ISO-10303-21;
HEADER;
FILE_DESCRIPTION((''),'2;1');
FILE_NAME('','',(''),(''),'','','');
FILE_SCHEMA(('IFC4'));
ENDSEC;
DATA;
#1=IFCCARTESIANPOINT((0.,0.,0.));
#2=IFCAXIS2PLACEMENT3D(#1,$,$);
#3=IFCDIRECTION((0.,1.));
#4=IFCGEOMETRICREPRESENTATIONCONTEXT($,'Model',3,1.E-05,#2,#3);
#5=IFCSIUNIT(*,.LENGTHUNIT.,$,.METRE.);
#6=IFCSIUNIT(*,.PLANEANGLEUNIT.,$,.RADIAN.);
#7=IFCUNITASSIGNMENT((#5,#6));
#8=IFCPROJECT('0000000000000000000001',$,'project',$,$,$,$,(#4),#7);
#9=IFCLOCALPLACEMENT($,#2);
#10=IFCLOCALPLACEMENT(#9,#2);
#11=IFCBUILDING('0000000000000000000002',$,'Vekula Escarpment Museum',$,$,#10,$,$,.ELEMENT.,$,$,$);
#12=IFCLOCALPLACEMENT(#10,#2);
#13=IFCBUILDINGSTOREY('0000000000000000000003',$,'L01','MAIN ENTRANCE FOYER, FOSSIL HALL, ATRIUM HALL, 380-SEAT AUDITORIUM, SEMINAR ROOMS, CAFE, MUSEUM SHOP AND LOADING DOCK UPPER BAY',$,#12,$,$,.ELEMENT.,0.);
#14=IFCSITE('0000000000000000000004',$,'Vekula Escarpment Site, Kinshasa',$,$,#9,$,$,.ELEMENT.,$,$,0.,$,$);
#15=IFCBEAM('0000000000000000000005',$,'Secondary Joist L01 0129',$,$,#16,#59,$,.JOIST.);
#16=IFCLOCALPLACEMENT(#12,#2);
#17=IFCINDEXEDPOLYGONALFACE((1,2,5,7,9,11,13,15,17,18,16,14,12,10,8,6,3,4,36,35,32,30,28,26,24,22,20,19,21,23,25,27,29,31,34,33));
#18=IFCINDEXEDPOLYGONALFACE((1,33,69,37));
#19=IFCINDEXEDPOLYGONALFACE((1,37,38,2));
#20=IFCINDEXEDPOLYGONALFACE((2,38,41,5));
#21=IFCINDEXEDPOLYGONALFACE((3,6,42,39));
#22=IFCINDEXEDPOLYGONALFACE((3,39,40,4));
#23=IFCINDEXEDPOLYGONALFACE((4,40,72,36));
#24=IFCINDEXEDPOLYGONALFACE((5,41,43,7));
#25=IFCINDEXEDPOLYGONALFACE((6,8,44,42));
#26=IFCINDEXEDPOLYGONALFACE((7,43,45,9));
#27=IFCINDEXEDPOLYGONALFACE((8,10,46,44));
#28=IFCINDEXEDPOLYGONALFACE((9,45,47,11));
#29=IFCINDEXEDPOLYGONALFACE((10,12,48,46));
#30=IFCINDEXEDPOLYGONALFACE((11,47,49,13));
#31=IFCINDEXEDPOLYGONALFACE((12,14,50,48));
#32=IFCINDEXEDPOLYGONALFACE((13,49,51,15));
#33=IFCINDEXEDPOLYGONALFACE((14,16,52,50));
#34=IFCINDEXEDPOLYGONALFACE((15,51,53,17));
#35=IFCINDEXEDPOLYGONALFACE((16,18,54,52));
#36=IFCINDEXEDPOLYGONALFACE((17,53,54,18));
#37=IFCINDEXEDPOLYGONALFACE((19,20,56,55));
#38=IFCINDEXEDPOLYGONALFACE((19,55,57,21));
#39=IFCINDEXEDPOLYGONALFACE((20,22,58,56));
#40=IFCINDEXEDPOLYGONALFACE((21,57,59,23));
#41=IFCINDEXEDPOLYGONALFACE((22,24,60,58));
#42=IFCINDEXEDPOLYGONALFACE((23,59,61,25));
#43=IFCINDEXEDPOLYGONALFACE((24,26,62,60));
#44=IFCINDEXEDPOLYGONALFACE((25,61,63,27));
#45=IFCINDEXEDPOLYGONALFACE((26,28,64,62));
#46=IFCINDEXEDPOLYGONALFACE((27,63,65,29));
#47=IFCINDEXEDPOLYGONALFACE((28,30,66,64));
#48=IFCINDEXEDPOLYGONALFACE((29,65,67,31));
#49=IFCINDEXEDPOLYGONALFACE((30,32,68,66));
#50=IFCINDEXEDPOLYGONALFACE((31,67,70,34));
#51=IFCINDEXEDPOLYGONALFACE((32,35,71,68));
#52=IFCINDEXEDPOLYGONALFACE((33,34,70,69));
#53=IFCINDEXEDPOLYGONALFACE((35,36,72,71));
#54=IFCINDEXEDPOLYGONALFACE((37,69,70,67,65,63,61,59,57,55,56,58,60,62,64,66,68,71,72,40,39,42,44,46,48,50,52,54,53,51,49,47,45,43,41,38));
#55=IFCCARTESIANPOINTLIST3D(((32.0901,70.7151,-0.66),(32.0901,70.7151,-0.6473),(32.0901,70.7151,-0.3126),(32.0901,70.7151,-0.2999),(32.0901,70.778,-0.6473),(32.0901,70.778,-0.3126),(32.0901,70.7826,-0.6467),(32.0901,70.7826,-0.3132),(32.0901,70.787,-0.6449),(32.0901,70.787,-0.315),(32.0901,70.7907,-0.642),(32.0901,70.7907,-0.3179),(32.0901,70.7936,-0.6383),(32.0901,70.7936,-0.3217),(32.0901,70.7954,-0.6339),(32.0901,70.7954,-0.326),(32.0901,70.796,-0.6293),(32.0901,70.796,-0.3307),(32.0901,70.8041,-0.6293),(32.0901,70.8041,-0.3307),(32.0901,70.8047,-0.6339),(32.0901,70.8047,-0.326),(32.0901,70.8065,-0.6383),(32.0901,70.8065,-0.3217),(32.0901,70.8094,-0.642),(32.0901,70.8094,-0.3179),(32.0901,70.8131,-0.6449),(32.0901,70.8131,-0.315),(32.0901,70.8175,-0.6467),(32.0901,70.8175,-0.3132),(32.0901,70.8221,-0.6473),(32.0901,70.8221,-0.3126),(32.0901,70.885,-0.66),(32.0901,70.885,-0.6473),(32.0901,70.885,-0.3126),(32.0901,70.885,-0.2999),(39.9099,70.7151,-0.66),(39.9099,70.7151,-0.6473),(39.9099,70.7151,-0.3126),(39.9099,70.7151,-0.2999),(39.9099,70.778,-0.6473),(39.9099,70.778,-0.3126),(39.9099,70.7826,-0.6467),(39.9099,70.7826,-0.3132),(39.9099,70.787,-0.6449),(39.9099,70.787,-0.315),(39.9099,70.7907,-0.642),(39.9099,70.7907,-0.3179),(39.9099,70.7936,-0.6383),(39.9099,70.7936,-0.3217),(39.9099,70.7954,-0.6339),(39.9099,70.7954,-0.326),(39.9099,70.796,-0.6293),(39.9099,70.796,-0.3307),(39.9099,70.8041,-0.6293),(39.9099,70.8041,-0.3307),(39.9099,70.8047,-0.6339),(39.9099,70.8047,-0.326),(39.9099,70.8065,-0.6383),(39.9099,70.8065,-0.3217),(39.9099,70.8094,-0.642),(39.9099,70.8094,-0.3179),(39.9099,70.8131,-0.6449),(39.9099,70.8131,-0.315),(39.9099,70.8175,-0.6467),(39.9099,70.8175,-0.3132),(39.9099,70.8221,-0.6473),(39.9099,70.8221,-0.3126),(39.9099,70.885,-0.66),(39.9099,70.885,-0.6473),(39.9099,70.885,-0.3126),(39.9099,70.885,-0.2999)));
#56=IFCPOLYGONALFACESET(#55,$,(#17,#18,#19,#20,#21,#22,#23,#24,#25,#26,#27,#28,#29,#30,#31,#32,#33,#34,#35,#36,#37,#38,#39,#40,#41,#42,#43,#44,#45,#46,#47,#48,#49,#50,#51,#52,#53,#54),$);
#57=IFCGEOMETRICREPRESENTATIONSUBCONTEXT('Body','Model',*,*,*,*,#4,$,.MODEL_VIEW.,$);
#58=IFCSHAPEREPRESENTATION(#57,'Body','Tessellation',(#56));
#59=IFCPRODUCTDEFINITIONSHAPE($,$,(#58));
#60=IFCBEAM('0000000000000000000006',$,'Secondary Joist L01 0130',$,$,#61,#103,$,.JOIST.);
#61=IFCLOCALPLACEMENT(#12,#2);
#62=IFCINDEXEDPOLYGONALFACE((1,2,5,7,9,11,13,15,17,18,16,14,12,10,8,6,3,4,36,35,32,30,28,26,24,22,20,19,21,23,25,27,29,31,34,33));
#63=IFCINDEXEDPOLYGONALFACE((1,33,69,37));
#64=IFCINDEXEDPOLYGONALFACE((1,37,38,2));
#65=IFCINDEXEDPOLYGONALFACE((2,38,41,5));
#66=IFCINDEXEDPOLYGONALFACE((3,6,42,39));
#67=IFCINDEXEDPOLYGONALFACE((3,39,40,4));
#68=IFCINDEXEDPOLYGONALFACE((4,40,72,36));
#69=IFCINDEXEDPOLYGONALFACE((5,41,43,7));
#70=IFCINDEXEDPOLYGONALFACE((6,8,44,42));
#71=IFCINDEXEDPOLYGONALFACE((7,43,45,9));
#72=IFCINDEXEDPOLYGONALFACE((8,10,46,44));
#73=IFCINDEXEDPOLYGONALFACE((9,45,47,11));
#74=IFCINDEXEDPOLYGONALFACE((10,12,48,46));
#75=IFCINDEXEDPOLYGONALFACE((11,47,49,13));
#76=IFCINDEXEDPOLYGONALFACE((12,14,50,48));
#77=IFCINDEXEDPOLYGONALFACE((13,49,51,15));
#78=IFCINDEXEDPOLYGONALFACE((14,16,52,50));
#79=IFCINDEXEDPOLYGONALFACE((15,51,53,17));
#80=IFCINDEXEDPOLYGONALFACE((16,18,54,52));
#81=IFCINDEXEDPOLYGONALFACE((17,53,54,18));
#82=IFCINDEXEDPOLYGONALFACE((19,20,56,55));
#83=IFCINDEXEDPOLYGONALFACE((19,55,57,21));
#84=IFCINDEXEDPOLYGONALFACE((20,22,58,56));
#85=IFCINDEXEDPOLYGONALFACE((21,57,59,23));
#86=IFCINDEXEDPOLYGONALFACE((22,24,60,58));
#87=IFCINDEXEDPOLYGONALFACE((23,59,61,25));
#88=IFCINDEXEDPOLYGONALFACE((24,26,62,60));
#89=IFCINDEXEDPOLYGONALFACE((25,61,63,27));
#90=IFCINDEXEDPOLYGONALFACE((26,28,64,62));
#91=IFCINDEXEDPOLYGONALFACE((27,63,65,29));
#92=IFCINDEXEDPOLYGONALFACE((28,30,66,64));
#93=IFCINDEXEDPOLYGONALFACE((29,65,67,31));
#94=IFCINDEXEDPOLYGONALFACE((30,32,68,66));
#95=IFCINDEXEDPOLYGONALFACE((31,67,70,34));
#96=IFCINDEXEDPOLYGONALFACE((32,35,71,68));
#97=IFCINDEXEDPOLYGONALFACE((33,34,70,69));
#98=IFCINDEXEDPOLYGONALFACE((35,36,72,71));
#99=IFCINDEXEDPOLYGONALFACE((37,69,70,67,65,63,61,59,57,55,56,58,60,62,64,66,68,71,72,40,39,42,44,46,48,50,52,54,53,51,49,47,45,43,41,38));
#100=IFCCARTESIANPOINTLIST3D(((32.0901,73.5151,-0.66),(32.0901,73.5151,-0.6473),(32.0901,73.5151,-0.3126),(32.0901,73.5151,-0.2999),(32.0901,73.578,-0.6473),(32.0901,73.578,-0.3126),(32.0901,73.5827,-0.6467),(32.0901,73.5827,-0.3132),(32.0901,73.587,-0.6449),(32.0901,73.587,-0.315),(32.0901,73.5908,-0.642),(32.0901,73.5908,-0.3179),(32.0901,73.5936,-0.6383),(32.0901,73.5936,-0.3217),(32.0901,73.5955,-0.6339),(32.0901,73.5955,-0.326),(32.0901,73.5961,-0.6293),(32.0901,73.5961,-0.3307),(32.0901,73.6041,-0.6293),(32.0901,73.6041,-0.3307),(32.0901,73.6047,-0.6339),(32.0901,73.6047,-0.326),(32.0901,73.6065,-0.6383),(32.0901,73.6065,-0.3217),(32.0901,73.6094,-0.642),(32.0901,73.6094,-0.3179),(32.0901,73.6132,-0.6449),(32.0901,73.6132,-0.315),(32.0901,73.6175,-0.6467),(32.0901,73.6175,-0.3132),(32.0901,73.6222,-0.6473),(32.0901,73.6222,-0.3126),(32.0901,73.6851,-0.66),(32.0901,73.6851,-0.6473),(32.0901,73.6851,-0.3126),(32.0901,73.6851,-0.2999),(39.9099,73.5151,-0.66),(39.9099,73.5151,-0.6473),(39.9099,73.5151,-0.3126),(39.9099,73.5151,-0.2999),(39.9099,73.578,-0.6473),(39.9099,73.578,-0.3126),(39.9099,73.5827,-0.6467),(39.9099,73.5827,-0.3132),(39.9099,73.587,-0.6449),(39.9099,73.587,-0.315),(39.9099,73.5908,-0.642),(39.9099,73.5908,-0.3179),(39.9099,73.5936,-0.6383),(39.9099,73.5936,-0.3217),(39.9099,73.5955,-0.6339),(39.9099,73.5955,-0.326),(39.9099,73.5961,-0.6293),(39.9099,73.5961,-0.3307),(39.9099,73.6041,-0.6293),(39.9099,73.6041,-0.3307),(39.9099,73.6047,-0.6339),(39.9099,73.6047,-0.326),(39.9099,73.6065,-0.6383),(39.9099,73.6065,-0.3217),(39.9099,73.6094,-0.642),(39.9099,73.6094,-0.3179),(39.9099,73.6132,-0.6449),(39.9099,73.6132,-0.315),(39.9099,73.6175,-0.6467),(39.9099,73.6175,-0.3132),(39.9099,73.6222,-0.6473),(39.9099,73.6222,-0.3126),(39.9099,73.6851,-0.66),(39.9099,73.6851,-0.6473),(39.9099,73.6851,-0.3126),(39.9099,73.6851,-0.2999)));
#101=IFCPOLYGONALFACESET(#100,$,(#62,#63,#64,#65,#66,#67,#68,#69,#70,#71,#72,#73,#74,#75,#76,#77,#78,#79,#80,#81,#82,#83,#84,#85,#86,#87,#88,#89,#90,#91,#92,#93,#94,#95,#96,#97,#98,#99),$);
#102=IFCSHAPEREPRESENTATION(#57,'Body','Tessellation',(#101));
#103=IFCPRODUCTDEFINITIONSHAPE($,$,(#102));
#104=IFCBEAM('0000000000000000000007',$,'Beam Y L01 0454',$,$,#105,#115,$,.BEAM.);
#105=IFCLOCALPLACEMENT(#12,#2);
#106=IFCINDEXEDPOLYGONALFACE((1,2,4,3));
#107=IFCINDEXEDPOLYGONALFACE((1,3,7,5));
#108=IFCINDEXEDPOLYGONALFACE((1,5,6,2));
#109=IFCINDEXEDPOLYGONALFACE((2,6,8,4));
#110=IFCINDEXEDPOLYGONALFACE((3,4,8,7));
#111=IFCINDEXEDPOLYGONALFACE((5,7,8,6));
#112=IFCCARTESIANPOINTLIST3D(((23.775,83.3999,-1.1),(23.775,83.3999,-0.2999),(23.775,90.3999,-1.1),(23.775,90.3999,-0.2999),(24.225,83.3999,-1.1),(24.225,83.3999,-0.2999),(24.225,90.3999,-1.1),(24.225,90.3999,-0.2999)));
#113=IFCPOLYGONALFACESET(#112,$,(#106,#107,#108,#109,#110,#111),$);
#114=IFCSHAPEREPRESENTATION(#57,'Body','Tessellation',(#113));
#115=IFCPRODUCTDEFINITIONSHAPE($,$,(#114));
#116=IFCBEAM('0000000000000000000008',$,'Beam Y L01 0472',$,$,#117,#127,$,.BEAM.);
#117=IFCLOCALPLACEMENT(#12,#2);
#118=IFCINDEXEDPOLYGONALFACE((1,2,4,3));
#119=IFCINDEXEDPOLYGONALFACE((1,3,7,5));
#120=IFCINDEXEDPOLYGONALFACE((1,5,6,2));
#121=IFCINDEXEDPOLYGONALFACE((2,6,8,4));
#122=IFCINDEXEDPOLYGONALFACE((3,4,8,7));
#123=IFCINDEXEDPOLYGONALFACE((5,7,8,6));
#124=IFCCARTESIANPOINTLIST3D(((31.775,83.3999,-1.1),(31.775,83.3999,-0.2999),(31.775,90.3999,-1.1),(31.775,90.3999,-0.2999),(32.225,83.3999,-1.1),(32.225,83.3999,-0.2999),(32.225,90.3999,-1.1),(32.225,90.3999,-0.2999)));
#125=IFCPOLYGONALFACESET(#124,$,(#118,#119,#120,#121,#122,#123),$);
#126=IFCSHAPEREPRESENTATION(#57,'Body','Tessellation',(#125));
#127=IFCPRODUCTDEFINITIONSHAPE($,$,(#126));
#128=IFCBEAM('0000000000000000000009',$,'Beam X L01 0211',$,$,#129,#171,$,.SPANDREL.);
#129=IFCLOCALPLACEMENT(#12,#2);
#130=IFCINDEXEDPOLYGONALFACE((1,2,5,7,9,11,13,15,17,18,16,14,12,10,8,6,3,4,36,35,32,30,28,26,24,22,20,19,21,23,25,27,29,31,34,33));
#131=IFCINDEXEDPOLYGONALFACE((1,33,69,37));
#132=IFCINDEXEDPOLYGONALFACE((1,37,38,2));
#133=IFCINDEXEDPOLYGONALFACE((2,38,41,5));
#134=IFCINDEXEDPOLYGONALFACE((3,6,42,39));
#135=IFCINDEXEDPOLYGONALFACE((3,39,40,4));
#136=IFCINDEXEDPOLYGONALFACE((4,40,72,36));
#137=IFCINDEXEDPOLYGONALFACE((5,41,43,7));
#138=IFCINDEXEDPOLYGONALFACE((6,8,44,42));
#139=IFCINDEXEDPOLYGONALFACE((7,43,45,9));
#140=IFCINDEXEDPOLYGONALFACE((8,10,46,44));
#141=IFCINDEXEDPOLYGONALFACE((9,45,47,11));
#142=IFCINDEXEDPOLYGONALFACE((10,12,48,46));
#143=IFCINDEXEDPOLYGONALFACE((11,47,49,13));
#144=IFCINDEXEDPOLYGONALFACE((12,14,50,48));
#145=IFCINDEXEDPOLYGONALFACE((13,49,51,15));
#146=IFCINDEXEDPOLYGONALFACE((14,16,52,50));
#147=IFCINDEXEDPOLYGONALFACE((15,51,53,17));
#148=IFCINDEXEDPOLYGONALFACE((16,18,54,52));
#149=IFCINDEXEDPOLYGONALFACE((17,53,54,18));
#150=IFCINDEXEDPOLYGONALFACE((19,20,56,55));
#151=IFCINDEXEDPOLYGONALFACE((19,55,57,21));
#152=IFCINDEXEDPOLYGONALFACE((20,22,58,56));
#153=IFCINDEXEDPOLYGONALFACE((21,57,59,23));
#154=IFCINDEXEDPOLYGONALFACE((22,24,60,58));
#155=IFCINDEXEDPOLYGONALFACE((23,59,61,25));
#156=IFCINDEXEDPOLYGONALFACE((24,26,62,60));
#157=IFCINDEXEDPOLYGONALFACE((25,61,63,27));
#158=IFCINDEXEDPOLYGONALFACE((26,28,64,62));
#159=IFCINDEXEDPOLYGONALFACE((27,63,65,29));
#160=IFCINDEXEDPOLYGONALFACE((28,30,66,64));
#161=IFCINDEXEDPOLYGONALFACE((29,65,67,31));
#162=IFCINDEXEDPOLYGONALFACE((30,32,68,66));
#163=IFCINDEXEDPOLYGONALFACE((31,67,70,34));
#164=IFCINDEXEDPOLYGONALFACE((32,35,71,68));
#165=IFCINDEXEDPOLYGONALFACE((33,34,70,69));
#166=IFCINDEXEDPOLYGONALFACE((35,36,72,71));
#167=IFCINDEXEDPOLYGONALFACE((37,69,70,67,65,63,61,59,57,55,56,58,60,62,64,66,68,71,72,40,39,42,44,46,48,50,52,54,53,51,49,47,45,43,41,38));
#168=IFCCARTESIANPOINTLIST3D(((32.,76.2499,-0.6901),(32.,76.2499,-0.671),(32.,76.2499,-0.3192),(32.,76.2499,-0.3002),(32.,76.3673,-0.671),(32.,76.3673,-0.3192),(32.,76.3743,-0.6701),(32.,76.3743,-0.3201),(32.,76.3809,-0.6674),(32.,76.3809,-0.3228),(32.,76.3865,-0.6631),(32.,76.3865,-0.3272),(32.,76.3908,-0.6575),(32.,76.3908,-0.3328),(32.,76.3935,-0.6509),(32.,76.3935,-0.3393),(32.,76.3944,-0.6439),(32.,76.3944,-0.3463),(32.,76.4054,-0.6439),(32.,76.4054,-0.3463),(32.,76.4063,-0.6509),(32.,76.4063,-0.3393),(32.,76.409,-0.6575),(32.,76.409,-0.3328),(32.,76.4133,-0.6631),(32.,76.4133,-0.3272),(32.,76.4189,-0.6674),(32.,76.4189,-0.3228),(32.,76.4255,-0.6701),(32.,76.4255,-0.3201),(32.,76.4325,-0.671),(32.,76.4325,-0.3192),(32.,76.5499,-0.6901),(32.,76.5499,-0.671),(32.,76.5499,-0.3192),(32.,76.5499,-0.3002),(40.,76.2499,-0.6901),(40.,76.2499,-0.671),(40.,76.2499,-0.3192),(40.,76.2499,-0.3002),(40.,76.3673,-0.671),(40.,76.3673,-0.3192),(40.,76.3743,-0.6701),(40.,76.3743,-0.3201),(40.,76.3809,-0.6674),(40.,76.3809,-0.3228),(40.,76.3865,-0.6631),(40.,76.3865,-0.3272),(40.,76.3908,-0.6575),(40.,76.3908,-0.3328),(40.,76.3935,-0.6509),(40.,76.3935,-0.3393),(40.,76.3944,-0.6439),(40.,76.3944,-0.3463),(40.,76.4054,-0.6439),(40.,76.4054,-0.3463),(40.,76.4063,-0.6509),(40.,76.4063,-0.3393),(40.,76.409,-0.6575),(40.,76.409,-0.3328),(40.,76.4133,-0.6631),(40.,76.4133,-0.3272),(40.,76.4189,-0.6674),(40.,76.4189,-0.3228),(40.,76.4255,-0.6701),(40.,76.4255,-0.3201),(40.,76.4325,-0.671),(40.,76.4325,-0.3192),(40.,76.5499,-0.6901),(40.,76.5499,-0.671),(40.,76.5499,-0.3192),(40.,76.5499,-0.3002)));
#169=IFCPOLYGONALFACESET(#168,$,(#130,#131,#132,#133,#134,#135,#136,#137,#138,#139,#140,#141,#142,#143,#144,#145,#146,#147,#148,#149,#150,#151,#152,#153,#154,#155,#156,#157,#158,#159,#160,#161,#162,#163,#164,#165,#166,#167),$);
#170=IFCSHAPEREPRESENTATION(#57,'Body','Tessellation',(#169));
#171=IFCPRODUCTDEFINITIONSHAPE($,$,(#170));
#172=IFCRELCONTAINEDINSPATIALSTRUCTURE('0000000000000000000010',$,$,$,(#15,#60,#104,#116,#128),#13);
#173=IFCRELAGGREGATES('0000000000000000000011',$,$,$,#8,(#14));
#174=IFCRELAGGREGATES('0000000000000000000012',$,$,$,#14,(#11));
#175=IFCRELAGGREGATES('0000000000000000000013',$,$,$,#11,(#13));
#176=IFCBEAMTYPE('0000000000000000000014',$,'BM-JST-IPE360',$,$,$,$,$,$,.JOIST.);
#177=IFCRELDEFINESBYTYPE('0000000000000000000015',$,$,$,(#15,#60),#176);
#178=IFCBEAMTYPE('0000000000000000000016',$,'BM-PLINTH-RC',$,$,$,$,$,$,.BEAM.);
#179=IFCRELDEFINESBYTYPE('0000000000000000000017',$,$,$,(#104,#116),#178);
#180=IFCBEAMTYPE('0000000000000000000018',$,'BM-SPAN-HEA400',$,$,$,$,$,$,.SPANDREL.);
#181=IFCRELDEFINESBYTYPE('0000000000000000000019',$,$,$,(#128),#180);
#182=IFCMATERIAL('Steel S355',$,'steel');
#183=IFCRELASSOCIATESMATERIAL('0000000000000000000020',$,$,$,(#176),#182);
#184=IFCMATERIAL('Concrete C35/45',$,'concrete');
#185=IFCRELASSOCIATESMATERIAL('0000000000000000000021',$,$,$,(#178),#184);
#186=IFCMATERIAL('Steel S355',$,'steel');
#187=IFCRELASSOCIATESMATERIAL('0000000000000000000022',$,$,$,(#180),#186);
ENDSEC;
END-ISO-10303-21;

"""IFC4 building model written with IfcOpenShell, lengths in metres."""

from ifc_helpers import new_model, si_unit, direction, frame, origin, origin_2d, place, context, subcontext, project, spatial, rectangle, i_section, extrude, material, material_profile, profile_set, type_object, element, save


model = new_model("IFC4")

# Units and contexts
model_context = context("Model", 3, precision=1e-05, world=origin(), true_north=direction((0.0, 1.0)))
body_context = subcontext(model_context, "Body", "Model", "MODEL_VIEW")
ifc_project = project(units=[si_unit("LENGTHUNIT", "METRE"), si_unit("PLANEANGLEUNIT", "RADIAN")], contexts=[model_context])

# Site, building, storey
site_placement = place(None, origin())
site = spatial("IfcSite", under=ifc_project, at=site_placement, Name="Vekula Escarpment Site, Kinshasa", CompositionType="ELEMENT", RefElevation=0.0)
building_placement = place(site_placement, origin())
building = spatial("IfcBuilding", under=site, at=building_placement, Name="Vekula Escarpment Museum", CompositionType="ELEMENT")
storey_placement = place(building_placement, origin())
storey = spatial("IfcBuildingStorey", under=building, at=storey_placement, Name="L01", Description="MAIN ENTRANCE FOYER, FOSSIL HALL, ATRIUM HALL, 380-SEAT AUDITORIUM, SEMINAR ROOMS, CAFE, MUSEUM SHOP AND LOADING DOCK UPPER BAY", CompositionType="ELEMENT", Elevation=0.0)

# Beams
ifc_material_1 = material(Name="Steel S355", Category="steel")
ifc_material_profile_1 = material_profile(ifc_material_1, i_section(OverallWidth=0.1699, OverallDepth=0.3601, WebThickness=0.0081, FlangeThickness=0.0127, FilletRadius=0.0181, at=origin_2d()), Name="IPE 360")
ifc_profile_set_1 = profile_set([ifc_material_profile_1], Name="Steel S355")
beam_type_1 = type_object("IfcBeamType", Name="BM-JST-IPE360", PredefinedType="JOIST", material=ifc_profile_set_1)
for number, where, z_axis, x_axis, name in (
    (1, (32.0901, 70.8, -0.48), (1.0, 0.0, 0.0), (0.0, 1.0, 0.0), "Secondary Joist L01 0129"),
    (2, (32.0901, 73.6001, -0.48), (1.0, 0.0, 0.0), (0.0, 1.0, 0.0), "Secondary Joist L01 0130"),
):
    element("IfcBeam", number, at=place(storey_placement, frame(where, z_axis=z_axis, x_axis=x_axis)), inside=storey, type_object=beam_type_1, Name=name, PredefinedType="JOIST", context=body_context, shape_type="SweptSolid", body=[
        extrude(i_section(OverallWidth=0.1699, OverallDepth=0.3601, WebThickness=0.0081, FlangeThickness=0.0127, FilletRadius=0.0181, at=origin_2d()), origin(), (0.0, 0.0, 1.0), 7.8198),
    ])
ifc_material_2 = material(Name="Concrete C35/45", Category="concrete")
ifc_material_profile_2 = material_profile(ifc_material_2, rectangle(XDim=0.45, YDim=0.8, at=origin_2d()), Name="RC 450x800")
ifc_profile_set_2 = profile_set([ifc_material_profile_2], Name="Concrete C35/45")
beam_type_2 = type_object("IfcBeamType", Name="BM-PLINTH-RC", PredefinedType="BEAM", material=ifc_profile_set_2)
for number, where, z_axis, x_axis, name in (
    (3, (24.0, 83.3999, -0.7), (0.0, 1.0, 0.0), (-1.0, 0.0, 0.0), "Beam Y L01 0454"),
    (4, (32.0, 83.3999, -0.7), (0.0, 1.0, 0.0), (-1.0, 0.0, 0.0), "Beam Y L01 0472"),
):
    element("IfcBeam", number, at=place(storey_placement, frame(where, z_axis=z_axis, x_axis=x_axis)), inside=storey, type_object=beam_type_2, Name=name, PredefinedType="BEAM", context=body_context, shape_type="SweptSolid", body=[
        extrude(rectangle(XDim=0.45, YDim=0.8, at=origin_2d()), origin(), (0.0, 0.0, 1.0), 7.0),
    ])
ifc_material_3 = material(Name="Steel S355", Category="steel")
ifc_material_profile_3 = material_profile(ifc_material_3, i_section(OverallWidth=0.3, OverallDepth=0.3899, WebThickness=0.011, FlangeThickness=0.019, FilletRadius=0.0271, at=origin_2d()), Name="HEA 400")
ifc_profile_set_3 = profile_set([ifc_material_profile_3], Name="Steel S355")
beam_type_3 = type_object("IfcBeamType", Name="BM-SPAN-HEA400", PredefinedType="SPANDREL", material=ifc_profile_set_3)
for number, where, z_axis, x_axis, name in (
    (5, (32.0, 76.3999, -0.4951), (1.0, 0.0, 0.0), (0.0, 1.0, 0.0), "Beam X L01 0211"),
):
    element("IfcBeam", number, at=place(storey_placement, frame(where, z_axis=z_axis, x_axis=x_axis)), inside=storey, type_object=beam_type_3, Name=name, PredefinedType="SPANDREL", context=body_context, shape_type="SweptSolid", body=[
        extrude(i_section(OverallWidth=0.3, OverallDepth=0.3899, WebThickness=0.011, FlangeThickness=0.019, FilletRadius=0.0271, at=origin_2d()), origin(), (0.0, 0.0, 1.0), 8.0),
    ])

save(model, "model.ifc")
